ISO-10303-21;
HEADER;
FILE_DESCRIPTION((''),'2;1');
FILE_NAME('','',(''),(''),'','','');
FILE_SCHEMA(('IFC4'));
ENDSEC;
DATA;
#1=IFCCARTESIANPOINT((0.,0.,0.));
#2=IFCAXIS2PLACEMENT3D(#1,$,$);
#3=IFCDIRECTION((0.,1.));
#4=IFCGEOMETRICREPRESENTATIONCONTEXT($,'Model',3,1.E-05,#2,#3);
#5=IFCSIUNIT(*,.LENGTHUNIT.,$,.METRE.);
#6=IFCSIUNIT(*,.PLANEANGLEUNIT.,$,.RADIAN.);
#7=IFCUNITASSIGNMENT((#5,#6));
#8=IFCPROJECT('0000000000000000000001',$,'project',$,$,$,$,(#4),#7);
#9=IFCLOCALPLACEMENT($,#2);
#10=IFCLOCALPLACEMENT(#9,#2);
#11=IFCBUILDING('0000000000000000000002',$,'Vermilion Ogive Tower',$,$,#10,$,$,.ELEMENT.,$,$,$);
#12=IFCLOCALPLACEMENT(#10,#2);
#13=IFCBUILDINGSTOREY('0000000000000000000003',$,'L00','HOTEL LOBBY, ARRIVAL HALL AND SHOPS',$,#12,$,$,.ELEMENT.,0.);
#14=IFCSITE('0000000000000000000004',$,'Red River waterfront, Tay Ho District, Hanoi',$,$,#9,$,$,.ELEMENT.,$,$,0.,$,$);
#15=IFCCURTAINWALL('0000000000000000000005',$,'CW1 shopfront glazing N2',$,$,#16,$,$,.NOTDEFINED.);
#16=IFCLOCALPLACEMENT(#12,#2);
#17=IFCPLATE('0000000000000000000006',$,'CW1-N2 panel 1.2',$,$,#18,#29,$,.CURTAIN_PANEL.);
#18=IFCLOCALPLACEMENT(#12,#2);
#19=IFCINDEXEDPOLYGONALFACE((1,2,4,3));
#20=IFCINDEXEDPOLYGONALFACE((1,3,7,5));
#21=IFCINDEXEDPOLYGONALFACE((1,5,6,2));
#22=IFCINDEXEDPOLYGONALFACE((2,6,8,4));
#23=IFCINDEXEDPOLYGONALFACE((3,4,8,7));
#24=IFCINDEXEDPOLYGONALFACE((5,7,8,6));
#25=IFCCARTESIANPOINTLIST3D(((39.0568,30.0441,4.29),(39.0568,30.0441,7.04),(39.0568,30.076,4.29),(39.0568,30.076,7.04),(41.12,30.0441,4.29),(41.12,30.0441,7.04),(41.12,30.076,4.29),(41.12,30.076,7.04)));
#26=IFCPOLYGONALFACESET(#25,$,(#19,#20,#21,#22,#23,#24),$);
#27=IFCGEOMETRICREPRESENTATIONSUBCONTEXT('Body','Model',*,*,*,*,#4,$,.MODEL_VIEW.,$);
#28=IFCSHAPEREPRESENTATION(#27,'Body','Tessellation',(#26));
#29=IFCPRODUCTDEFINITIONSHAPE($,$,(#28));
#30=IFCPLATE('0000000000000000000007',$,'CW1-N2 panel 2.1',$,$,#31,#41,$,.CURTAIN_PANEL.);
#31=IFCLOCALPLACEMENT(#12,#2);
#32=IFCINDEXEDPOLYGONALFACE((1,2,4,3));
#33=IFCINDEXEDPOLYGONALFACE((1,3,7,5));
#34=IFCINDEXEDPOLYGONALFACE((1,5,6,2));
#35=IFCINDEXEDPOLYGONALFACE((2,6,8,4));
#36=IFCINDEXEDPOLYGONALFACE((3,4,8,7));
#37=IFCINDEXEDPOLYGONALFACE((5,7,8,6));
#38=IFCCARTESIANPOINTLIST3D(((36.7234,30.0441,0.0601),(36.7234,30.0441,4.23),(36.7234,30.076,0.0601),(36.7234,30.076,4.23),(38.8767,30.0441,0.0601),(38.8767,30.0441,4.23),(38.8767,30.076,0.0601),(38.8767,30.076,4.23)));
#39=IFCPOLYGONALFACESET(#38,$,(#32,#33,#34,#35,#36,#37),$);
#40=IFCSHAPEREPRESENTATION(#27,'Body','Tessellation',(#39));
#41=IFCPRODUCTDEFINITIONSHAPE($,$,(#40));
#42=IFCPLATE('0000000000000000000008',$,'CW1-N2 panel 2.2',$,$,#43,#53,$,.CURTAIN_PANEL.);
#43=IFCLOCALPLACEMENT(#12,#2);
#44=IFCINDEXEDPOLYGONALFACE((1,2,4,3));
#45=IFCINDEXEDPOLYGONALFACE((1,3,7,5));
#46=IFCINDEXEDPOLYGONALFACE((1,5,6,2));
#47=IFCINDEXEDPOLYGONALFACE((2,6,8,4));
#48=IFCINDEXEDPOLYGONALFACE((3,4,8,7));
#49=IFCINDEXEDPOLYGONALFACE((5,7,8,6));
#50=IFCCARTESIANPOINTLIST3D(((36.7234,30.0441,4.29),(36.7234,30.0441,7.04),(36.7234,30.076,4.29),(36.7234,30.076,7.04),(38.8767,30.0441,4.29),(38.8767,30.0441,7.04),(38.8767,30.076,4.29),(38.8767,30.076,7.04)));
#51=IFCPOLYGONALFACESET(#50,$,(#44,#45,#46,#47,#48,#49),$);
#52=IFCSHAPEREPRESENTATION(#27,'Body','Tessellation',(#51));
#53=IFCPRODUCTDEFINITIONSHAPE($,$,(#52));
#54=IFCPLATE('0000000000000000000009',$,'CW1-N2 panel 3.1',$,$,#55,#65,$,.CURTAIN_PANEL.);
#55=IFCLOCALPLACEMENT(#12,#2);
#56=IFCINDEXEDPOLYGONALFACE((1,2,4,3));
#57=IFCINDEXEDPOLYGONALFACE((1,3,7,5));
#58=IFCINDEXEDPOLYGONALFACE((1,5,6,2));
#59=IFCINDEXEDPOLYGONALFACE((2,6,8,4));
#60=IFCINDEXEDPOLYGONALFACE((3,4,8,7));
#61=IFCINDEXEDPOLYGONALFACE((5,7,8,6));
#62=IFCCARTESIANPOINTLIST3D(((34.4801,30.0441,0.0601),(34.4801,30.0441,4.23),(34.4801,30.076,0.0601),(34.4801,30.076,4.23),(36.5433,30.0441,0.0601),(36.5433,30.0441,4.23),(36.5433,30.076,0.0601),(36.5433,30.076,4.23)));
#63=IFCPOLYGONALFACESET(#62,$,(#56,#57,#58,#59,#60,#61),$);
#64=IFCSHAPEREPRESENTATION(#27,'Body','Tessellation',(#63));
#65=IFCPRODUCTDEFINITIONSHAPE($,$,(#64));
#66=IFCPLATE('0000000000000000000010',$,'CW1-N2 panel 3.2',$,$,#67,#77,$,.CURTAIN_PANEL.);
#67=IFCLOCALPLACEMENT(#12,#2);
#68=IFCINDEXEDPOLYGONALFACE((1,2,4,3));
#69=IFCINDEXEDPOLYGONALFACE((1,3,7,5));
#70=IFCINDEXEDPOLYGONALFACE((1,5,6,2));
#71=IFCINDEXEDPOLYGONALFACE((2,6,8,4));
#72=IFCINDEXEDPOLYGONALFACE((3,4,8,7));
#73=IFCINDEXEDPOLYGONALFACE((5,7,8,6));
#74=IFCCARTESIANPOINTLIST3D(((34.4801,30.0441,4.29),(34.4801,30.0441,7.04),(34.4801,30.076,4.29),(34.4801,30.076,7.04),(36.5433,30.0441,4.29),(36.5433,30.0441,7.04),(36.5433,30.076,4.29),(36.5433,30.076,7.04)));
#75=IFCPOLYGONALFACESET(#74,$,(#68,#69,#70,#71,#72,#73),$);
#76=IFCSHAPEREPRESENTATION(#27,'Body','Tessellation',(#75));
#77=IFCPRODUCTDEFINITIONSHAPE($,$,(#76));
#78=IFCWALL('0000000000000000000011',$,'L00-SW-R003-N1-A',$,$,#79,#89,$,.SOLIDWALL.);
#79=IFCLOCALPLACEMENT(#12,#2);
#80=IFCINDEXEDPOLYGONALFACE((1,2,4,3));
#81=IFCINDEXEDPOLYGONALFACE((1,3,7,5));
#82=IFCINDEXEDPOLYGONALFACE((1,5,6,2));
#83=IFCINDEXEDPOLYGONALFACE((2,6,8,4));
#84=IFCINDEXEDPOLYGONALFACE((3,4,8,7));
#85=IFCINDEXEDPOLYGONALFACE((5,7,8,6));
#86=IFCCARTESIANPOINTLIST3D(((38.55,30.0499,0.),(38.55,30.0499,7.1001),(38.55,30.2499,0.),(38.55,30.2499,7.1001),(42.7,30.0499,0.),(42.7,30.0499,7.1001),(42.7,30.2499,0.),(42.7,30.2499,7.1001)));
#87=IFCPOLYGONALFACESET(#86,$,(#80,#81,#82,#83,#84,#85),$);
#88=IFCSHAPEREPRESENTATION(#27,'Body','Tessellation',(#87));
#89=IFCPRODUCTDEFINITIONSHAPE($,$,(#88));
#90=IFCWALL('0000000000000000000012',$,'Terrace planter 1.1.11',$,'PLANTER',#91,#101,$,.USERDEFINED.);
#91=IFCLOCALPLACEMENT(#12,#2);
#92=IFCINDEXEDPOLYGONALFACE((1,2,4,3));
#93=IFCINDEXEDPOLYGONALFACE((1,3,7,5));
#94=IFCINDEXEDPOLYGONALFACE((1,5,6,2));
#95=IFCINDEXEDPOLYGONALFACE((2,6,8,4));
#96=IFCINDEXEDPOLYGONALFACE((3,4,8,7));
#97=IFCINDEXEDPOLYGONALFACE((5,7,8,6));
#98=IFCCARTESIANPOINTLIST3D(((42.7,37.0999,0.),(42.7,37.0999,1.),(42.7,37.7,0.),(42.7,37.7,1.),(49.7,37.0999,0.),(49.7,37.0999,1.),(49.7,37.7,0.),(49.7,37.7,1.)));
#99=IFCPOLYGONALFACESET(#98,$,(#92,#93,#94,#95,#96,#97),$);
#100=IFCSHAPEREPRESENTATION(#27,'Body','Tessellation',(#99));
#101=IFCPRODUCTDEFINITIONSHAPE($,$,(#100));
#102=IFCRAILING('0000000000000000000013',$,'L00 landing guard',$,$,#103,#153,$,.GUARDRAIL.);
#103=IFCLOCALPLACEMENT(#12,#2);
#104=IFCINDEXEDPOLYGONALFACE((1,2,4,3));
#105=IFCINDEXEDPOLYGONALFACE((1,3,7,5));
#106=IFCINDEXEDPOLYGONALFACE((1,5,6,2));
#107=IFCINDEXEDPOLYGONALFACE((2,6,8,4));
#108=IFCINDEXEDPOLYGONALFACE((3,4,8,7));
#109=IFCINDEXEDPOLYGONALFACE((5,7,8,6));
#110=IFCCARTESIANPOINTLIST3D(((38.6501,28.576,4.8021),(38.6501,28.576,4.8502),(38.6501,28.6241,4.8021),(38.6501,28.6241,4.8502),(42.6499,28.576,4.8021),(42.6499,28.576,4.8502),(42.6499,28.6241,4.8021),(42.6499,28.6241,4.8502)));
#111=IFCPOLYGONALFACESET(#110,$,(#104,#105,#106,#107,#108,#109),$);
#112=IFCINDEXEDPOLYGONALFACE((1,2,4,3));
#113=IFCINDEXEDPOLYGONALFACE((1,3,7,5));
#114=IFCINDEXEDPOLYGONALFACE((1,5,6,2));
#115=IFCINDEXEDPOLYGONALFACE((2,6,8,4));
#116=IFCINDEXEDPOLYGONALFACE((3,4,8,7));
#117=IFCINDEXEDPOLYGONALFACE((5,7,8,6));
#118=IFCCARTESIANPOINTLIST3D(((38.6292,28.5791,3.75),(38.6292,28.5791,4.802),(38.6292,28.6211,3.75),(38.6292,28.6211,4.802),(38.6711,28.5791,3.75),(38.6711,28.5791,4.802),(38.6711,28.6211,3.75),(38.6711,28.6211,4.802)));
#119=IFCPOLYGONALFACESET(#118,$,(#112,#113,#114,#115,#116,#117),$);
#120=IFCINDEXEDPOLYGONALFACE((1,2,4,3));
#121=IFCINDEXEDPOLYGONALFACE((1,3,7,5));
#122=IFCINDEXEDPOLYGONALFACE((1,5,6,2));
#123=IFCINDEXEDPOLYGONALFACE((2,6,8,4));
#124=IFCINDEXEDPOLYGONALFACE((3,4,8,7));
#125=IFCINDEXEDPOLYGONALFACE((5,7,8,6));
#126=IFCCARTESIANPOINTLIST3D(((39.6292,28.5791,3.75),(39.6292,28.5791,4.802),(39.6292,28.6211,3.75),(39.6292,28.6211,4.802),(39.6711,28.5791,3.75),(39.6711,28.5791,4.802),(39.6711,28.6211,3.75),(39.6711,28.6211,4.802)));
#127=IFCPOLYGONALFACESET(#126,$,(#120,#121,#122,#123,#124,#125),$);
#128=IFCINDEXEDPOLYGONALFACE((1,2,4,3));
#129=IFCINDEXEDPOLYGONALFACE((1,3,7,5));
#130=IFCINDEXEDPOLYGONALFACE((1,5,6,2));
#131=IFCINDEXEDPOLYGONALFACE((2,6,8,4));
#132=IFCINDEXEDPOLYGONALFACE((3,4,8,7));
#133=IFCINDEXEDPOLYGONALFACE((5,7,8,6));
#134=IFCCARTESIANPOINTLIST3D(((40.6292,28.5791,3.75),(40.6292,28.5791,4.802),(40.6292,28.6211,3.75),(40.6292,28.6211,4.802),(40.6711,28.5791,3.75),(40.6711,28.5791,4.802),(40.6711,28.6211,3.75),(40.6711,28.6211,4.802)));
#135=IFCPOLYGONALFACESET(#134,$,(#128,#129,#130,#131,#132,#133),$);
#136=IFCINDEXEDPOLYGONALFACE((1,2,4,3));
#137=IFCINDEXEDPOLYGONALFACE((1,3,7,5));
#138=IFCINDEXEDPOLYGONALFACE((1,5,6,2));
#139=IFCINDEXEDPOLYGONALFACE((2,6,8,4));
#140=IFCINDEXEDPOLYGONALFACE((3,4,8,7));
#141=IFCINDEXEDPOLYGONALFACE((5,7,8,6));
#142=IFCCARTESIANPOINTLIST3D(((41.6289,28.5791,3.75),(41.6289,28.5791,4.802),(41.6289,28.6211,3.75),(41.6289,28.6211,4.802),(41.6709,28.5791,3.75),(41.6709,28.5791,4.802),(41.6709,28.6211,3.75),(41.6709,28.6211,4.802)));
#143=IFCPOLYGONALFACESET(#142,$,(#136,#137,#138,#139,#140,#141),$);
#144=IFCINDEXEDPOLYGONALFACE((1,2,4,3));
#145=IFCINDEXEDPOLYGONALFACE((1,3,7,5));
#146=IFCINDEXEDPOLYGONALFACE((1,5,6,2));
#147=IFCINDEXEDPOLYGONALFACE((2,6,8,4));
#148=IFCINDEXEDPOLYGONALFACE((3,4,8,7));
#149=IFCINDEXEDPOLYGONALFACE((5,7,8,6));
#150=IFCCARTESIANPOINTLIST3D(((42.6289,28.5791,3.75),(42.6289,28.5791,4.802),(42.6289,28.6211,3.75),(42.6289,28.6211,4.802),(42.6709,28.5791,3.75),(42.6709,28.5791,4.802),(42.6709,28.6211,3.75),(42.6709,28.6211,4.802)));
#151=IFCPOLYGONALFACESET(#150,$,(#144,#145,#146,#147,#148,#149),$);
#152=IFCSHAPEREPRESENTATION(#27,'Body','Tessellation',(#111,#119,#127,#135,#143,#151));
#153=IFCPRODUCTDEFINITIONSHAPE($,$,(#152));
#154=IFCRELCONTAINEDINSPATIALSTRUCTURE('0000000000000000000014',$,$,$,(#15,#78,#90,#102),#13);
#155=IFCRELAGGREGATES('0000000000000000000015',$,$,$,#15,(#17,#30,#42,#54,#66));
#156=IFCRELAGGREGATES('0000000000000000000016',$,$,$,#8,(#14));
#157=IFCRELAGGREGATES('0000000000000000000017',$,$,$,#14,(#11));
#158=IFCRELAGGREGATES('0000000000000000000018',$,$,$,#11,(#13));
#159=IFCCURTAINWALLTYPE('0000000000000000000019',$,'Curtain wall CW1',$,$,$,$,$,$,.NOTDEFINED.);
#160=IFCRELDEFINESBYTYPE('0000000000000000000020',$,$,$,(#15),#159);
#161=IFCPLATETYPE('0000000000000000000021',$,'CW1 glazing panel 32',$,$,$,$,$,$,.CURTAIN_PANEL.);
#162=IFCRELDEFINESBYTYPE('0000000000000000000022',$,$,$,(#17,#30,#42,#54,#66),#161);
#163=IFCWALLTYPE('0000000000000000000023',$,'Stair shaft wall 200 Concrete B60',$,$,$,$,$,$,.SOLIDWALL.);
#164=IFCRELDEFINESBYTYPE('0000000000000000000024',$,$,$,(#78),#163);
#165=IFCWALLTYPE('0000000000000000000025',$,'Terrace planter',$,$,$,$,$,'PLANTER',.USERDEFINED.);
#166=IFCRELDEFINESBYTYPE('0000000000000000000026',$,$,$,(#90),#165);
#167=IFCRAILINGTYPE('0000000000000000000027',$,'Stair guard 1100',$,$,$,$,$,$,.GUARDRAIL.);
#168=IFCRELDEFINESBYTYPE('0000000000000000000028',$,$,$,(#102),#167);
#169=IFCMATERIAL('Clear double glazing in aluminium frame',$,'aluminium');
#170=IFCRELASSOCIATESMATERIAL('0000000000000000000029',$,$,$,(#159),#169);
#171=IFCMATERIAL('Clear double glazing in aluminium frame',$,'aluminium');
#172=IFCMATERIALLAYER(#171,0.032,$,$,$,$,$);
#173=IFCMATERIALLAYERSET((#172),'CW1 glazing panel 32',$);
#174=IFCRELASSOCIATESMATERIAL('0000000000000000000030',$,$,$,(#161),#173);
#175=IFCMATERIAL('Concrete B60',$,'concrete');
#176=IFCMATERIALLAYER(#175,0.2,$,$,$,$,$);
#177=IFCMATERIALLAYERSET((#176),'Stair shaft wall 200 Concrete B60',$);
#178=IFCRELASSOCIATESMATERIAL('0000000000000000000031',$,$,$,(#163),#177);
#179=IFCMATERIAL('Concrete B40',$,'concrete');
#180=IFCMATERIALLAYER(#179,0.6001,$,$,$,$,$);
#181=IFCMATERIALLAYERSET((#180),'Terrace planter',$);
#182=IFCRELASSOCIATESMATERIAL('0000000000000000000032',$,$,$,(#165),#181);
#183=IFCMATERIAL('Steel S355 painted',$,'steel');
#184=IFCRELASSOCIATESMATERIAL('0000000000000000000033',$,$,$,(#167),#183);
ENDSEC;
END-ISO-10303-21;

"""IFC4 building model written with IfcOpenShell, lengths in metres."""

from ifc_helpers import new_model, si_unit, direction, frame, frame_2d, origin, origin_2d, place, context, subcontext, project, spatial, rectangle, extrude, material, layer, layer_set, type_object, element, aggregate, save


model = new_model("IFC4")

# Units and contexts
model_context = context("Model", 3, precision=1e-05, world=origin(), true_north=direction((0.0, 1.0)))
body_context = subcontext(model_context, "Body", "Model", "MODEL_VIEW")
ifc_project = project(units=[si_unit("LENGTHUNIT", "METRE"), si_unit("PLANEANGLEUNIT", "RADIAN")], contexts=[model_context])

# Site, building, storey
site_placement = place(None, origin())
site = spatial("IfcSite", under=ifc_project, at=site_placement, Name="Red River waterfront, Tay Ho District, Hanoi", CompositionType="ELEMENT", RefElevation=0.0)
building_placement = place(site_placement, origin())
building = spatial("IfcBuilding", under=site, at=building_placement, Name="Vermilion Ogive Tower", CompositionType="ELEMENT")
storey_placement = place(building_placement, origin())
storey = spatial("IfcBuildingStorey", under=building, at=storey_placement, Name="L00", Description="HOTEL LOBBY, ARRIVAL HALL AND SHOPS", CompositionType="ELEMENT", Elevation=0.0)

# Curtain wall, plates
ifc_material_1 = material(Name="Clear double glazing in aluminium frame", Category="aluminium")
curtain_wall_type = type_object("IfcCurtainWallType", Name="Curtain wall CW1", PredefinedType="NOTDEFINED", material=ifc_material_1)
curtain_wall_placement = place(storey_placement, origin())
curtain_wall = element("IfcCurtainWall", 1, at=curtain_wall_placement, inside=storey, type_object=curtain_wall_type, Name="CW1 shopfront glazing N2", PredefinedType="NOTDEFINED")
ifc_material_2 = material(Name="Clear double glazing in aluminium frame", Category="aluminium")
ifc_layer_1 = layer(ifc_material_2, 0.032)
ifc_layer_set_1 = layer_set([ifc_layer_1], Name="CW1 glazing panel 32")
plate_type = type_object("IfcPlateType", Name="CW1 glazing panel 32", PredefinedType="CURTAIN_PANEL", material=ifc_layer_set_1)
plate_1_placement = place(storey_placement, frame((40.0884, 30.0601, 4.29), z_axis=(0.0, 0.0, 1.0), x_axis=(-1.0, 0.0, 0.0)))
plate_1 = element("IfcPlate", 2, at=plate_1_placement, type_object=plate_type, Name="CW1-N2 panel 1.2", PredefinedType="CURTAIN_PANEL", context=body_context, shape_type="SweptSolid", body=[
    extrude(rectangle(XDim=2.0632, YDim=0.032, at=origin_2d()), origin(), (0.0, 0.0, 1.0), 2.75),
])
plate_2_placement = place(storey_placement, frame((37.8, 30.0601, 0.0601), z_axis=(0.0, 0.0, 1.0), x_axis=(-1.0, 0.0, 0.0)))
plate_2 = element("IfcPlate", 3, at=plate_2_placement, type_object=plate_type, Name="CW1-N2 panel 2.1", PredefinedType="CURTAIN_PANEL", context=body_context, shape_type="SweptSolid", body=[
    extrude(rectangle(XDim=2.1533, YDim=0.032, at=origin_2d()), origin(), (0.0, 0.0, 1.0), 4.1699),
])
plate_3_placement = place(storey_placement, frame((37.8, 30.0601, 4.29), z_axis=(0.0, 0.0, 1.0), x_axis=(-1.0, 0.0, 0.0)))
plate_3 = element("IfcPlate", 4, at=plate_3_placement, type_object=plate_type, Name="CW1-N2 panel 2.2", PredefinedType="CURTAIN_PANEL", context=body_context, shape_type="SweptSolid", body=[
    extrude(rectangle(XDim=2.1533, YDim=0.032, at=origin_2d()), origin(), (0.0, 0.0, 1.0), 2.75),
])
plate_4_placement = place(storey_placement, frame((35.5117, 30.0601, 0.0601), z_axis=(0.0, 0.0, 1.0), x_axis=(-1.0, 0.0, 0.0)))
plate_4 = element("IfcPlate", 5, at=plate_4_placement, type_object=plate_type, Name="CW1-N2 panel 3.1", PredefinedType="CURTAIN_PANEL", context=body_context, shape_type="SweptSolid", body=[
    extrude(rectangle(XDim=2.0632, YDim=0.032, at=origin_2d()), origin(), (0.0, 0.0, 1.0), 4.1699),
])
plate_5_placement = place(storey_placement, frame((35.5117, 30.0601, 4.29), z_axis=(0.0, 0.0, 1.0), x_axis=(-1.0, 0.0, 0.0)))
plate_5 = element("IfcPlate", 6, at=plate_5_placement, type_object=plate_type, Name="CW1-N2 panel 3.2", PredefinedType="CURTAIN_PANEL", context=body_context, shape_type="SweptSolid", body=[
    extrude(rectangle(XDim=2.0632, YDim=0.032, at=origin_2d()), origin(), (0.0, 0.0, 1.0), 2.75),
])
aggregate(curtain_wall, [plate_1, plate_2, plate_3, plate_4, plate_5])

# Walls
ifc_material_3 = material(Name="Concrete B60", Category="concrete")
ifc_layer_2 = layer(ifc_material_3, 0.2)
ifc_layer_set_2 = layer_set([ifc_layer_2], Name="Stair shaft wall 200 Concrete B60")
wall_type_1 = type_object("IfcWallType", Name="Stair shaft wall 200 Concrete B60", PredefinedType="SOLIDWALL", material=ifc_layer_set_2)
wall_1_placement = place(storey_placement, frame((38.55, 30.1499, 0.0), z_axis=(0.0, 0.0, 1.0), x_axis=(1.0, 0.0, 0.0)))
element("IfcWall", 7, at=wall_1_placement, inside=storey, type_object=wall_type_1, Name="L00-SW-R003-N1-A", PredefinedType="SOLIDWALL", context=body_context, shape_type="SweptSolid", body=[
    extrude(rectangle(XDim=4.1499, YDim=0.2, at=frame_2d((2.075, 0.0))), origin(), (0.0, 0.0, 1.0), 7.1001),
])
ifc_material_4 = material(Name="Concrete B40", Category="concrete")
ifc_layer_3 = layer(ifc_material_4, 0.6001)
ifc_layer_set_3 = layer_set([ifc_layer_3], Name="Terrace planter")
wall_type_2 = type_object("IfcWallType", Name="Terrace planter", ElementType="PLANTER", PredefinedType="USERDEFINED", material=ifc_layer_set_3)
wall_2_placement = place(storey_placement, frame((42.7, 37.3999, 0.0), z_axis=(0.0, 0.0, 1.0), x_axis=(1.0, 0.0, 0.0)))
element("IfcWall", 8, at=wall_2_placement, inside=storey, type_object=wall_type_2, Name="Terrace planter 1.1.11", ObjectType="PLANTER", PredefinedType="USERDEFINED", context=body_context, shape_type="SweptSolid", body=[
    extrude(rectangle(XDim=7.0, YDim=0.6001, at=frame_2d((3.5, 0.0))), origin(), (0.0, 0.0, 1.0), 1.0),
])

# Railing
ifc_material_5 = material(Name="Steel S355 painted", Category="steel")
railing_type = type_object("IfcRailingType", Name="Stair guard 1100", PredefinedType="GUARDRAIL", material=ifc_material_5)
railing_placement = place(storey_placement, frame((38.6501, 28.6001, 3.75)))
element("IfcRailing", 9, at=railing_placement, inside=storey, type_object=railing_type, Name="L00 landing guard", PredefinedType="GUARDRAIL", context=body_context, shape_type="SweptSolid", body=[
    extrude(rectangle(XDim=0.0481, YDim=0.0481, at=origin_2d()), frame((0.0, 0.0, 1.0762), z_axis=(1.0, 0.0, 0.0), x_axis=(0.0, 1.0, 0.0)), (0.0, 0.0, 1.0), 3.9998),
    extrude(rectangle(XDim=0.042, YDim=0.042, at=origin_2d()), origin(), (0.0, 0.0, 1.0), 1.052),
    extrude(rectangle(XDim=0.042, YDim=0.042, at=origin_2d()), frame((1.0, 0.0, 0.0)), (0.0, 0.0, 1.0), 1.052),
    extrude(rectangle(XDim=0.042, YDim=0.042, at=origin_2d()), frame((2.0, 0.0, 0.0)), (0.0, 0.0, 1.0), 1.052),
    extrude(rectangle(XDim=0.042, YDim=0.042, at=origin_2d()), frame((2.9998, 0.0, 0.0)), (0.0, 0.0, 1.0), 1.052),
    extrude(rectangle(XDim=0.042, YDim=0.042, at=origin_2d()), frame((3.9998, 0.0, 0.0)), (0.0, 0.0, 1.0), 1.052),
])

save(model, "model.ifc")
